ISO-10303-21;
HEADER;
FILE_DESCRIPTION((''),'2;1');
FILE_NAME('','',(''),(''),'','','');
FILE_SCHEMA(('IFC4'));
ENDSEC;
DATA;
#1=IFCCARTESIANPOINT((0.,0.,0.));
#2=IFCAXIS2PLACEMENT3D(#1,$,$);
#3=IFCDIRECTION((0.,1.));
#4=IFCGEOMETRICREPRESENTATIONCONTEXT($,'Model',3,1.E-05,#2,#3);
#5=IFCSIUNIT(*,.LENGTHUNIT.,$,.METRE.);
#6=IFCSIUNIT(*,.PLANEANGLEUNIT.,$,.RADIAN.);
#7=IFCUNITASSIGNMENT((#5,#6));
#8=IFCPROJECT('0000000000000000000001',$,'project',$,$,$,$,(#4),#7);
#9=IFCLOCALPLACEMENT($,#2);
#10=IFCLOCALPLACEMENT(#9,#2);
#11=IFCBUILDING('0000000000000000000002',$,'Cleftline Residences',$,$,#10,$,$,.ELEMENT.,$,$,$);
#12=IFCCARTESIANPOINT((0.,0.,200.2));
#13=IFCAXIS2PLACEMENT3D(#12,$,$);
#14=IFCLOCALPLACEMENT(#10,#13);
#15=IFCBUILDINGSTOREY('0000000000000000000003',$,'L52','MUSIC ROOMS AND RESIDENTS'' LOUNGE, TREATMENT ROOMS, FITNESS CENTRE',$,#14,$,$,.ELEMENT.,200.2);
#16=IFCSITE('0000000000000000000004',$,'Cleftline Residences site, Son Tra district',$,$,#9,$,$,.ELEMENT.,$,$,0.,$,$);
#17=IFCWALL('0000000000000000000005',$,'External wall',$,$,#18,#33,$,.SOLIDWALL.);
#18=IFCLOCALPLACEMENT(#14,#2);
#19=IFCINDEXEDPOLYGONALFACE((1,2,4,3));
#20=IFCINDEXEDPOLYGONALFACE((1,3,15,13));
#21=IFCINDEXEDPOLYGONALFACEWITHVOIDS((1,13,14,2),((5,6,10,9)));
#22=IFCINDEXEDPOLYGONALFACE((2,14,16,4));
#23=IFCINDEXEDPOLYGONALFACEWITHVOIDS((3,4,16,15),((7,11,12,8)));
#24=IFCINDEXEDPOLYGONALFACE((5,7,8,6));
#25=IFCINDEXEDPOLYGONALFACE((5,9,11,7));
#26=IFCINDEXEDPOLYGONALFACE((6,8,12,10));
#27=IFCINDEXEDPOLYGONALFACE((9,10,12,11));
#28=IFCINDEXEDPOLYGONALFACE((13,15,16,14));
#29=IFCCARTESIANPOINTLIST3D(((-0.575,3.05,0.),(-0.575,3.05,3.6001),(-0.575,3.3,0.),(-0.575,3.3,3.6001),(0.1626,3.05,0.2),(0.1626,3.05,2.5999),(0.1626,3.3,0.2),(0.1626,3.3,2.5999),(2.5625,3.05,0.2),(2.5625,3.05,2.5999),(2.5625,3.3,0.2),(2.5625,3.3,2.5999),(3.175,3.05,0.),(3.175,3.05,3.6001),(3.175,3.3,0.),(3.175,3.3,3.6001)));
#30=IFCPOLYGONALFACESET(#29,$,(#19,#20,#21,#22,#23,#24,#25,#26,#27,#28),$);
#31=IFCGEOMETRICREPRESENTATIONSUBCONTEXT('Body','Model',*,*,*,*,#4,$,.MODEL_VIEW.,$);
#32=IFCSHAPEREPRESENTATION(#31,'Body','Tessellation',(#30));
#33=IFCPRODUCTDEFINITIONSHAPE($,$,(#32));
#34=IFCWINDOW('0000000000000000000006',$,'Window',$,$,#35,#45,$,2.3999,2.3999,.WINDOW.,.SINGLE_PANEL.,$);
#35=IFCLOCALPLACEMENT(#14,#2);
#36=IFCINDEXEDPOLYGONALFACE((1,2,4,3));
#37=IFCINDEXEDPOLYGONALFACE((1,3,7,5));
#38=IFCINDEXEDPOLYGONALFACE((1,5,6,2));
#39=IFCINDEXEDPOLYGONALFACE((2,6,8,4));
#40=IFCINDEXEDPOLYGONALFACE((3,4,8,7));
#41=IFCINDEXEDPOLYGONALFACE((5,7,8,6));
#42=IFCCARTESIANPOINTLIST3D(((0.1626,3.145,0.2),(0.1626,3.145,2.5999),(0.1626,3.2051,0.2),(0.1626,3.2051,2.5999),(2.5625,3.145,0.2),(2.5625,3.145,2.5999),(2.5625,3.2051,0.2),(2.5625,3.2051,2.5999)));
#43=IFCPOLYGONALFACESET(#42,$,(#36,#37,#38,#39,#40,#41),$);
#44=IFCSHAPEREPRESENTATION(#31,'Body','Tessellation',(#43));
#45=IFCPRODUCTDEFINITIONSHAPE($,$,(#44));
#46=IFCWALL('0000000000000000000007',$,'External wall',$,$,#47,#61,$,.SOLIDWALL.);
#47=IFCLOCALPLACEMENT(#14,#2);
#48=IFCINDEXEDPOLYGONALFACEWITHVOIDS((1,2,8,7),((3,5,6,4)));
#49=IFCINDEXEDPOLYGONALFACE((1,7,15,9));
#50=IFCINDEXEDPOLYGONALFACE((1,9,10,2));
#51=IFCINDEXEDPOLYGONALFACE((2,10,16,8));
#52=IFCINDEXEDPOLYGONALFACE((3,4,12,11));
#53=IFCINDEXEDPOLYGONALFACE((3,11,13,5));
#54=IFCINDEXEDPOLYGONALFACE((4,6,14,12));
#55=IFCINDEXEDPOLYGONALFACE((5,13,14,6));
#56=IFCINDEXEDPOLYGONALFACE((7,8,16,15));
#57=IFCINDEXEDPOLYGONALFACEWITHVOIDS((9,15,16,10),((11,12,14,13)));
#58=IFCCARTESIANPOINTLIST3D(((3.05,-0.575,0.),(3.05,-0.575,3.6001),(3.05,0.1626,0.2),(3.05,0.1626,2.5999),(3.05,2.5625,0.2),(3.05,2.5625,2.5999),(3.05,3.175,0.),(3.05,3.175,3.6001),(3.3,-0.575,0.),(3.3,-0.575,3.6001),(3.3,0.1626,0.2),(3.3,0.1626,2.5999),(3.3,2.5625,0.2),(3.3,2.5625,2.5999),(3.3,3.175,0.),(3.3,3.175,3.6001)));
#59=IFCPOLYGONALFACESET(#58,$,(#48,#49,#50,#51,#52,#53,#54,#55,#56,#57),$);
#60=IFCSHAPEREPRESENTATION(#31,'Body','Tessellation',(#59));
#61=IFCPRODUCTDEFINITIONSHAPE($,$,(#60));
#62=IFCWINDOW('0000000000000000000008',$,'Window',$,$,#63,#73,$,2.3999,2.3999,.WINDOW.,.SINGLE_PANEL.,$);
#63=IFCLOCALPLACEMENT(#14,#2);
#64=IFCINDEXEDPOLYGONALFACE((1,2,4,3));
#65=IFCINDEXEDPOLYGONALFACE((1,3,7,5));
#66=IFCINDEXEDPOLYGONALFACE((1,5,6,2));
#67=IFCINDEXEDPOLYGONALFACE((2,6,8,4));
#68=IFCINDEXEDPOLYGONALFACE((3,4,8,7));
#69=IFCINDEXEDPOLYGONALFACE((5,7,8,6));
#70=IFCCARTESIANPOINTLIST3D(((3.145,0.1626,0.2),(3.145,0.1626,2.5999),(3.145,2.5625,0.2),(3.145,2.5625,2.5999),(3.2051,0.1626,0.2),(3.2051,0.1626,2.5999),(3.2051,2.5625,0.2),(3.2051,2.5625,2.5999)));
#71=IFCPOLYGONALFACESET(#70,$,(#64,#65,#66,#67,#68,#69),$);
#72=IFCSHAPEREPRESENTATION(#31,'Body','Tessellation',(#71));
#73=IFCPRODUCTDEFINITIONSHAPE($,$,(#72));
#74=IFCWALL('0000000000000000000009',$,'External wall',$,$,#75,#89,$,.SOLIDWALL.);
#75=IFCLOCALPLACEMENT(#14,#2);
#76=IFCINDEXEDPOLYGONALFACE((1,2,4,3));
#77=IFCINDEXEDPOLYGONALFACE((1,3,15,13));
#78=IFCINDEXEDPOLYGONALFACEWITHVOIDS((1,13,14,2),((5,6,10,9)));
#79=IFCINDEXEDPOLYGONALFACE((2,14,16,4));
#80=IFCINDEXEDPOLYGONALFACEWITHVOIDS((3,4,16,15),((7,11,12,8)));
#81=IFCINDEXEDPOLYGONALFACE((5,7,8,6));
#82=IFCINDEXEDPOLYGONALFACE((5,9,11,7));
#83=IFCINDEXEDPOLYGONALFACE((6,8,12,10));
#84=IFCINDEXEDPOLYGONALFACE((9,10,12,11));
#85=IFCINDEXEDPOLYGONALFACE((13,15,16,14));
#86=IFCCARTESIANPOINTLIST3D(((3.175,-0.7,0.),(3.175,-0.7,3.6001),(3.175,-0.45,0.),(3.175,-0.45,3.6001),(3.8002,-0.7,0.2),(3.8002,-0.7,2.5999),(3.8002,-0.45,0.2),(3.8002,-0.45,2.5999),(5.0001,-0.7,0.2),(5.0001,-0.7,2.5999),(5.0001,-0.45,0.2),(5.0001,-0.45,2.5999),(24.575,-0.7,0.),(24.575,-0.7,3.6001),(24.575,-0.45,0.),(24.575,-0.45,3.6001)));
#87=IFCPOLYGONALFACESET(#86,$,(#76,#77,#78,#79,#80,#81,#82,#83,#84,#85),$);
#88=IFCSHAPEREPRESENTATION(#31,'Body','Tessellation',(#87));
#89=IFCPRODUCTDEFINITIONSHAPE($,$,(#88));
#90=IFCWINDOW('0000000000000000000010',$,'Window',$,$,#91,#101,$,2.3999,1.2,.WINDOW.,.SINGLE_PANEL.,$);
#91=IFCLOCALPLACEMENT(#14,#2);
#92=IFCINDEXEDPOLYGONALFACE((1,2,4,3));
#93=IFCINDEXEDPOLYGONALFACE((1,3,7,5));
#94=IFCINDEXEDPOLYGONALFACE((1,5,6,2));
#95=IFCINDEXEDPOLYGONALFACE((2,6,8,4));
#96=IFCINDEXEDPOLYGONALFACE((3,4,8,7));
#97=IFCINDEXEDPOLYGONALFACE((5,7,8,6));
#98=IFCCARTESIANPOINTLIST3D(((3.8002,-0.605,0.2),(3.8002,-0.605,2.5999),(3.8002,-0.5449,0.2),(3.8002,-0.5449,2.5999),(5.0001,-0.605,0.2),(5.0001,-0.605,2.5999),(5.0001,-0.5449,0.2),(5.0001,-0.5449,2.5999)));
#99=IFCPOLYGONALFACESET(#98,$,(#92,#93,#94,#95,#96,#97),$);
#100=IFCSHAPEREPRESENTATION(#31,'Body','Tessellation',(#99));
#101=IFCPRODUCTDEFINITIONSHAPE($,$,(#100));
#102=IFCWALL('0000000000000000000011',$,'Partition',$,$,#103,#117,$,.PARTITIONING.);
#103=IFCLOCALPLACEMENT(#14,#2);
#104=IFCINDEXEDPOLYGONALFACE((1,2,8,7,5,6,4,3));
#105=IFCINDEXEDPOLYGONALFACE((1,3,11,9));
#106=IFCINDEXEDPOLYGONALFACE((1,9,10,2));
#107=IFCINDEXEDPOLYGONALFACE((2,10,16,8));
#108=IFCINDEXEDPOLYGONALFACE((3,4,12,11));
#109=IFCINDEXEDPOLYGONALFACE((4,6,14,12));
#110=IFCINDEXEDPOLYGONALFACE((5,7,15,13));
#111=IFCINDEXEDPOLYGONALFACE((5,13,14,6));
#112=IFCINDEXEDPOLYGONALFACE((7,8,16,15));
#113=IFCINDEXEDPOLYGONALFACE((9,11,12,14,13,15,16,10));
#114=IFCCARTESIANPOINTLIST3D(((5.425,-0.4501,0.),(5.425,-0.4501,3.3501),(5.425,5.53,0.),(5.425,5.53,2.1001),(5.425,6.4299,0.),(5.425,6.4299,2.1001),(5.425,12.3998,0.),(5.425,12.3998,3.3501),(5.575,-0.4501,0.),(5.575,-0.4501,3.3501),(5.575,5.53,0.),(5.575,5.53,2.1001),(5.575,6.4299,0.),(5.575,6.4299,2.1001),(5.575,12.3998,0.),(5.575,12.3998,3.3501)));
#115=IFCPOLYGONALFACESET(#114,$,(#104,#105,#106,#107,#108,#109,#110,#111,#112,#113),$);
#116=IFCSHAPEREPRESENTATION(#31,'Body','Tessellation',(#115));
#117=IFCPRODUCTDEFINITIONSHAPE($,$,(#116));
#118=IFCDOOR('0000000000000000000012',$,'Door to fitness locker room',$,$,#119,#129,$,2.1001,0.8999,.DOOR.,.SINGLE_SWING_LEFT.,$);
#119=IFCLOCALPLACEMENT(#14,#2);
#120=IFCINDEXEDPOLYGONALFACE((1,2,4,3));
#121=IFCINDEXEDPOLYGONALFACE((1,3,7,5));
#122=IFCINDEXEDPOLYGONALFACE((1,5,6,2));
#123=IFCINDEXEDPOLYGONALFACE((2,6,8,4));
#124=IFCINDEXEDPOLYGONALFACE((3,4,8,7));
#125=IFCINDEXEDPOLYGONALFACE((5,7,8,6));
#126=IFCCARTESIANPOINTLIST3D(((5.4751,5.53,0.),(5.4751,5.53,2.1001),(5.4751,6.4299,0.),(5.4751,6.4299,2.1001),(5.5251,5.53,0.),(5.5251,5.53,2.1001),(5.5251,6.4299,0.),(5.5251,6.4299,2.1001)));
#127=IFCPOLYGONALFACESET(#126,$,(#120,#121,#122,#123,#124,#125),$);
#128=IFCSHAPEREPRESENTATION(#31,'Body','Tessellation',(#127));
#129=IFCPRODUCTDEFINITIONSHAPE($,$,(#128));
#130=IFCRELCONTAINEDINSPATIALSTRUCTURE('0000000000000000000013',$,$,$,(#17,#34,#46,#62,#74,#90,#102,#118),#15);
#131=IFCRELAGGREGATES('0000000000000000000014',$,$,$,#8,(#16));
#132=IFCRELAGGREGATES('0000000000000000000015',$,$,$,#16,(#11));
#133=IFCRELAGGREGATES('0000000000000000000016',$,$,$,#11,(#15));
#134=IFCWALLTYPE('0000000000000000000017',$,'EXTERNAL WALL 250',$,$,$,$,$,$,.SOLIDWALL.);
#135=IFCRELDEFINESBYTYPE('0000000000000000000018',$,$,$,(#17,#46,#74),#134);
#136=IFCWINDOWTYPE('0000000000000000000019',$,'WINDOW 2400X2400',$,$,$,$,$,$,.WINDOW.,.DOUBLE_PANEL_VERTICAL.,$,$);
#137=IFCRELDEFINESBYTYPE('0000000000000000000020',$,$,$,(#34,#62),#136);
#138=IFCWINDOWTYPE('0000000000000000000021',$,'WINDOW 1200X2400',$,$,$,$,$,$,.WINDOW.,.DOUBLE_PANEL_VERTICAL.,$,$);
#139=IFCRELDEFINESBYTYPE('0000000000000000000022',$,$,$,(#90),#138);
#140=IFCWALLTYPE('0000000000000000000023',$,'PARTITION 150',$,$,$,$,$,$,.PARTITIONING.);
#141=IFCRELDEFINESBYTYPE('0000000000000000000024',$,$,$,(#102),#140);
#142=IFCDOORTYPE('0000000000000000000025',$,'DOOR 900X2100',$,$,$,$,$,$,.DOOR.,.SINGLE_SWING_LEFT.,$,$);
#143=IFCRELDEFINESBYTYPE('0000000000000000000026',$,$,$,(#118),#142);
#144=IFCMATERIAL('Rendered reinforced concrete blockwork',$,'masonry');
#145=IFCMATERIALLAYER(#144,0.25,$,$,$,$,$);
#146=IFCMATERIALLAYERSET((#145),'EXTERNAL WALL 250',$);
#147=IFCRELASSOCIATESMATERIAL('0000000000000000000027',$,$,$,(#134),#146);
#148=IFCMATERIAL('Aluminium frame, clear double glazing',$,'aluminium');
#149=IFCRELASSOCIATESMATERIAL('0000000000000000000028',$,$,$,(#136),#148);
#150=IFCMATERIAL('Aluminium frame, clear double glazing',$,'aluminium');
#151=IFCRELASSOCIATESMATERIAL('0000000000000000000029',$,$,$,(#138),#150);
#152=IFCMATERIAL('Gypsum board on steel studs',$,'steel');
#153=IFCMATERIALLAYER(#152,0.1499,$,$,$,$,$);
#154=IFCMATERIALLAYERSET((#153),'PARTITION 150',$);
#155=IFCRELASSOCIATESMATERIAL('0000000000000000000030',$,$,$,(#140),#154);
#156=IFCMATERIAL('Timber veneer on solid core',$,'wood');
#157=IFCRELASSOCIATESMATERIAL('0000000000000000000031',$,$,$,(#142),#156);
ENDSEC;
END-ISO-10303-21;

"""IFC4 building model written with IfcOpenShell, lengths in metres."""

from ifc_helpers import new_model, si_unit, direction, frame, frame_2d, origin, place, context, subcontext, project, spatial, rectangle, extrude, material, layer, layer_set, type_object, element, fill, save


model = new_model("IFC4")

# Units and contexts
model_context = context("Model", 3, precision=1e-05, world=origin(), true_north=direction((0.0, 1.0)))
body_context = subcontext(model_context, "Body", "Model", "MODEL_VIEW")
ifc_project = project(units=[si_unit("LENGTHUNIT", "METRE"), si_unit("PLANEANGLEUNIT", "RADIAN")], contexts=[model_context])

# Site, building, storey
site_placement = place(None, origin())
site = spatial("IfcSite", under=ifc_project, at=site_placement, Name="Cleftline Residences site, Son Tra district", CompositionType="ELEMENT", RefElevation=0.0)
building_placement = place(site_placement, origin())
building = spatial("IfcBuilding", under=site, at=building_placement, Name="Cleftline Residences", CompositionType="ELEMENT")
storey_placement = place(building_placement, frame((0.0, 0.0, 200.2)))
storey = spatial("IfcBuildingStorey", under=building, at=storey_placement, Name="L52", Description="MUSIC ROOMS AND RESIDENTS' LOUNGE, TREATMENT ROOMS, FITNESS CENTRE", CompositionType="ELEMENT", Elevation=200.2)

# Walls, openings, windows
ifc_material_1 = material(Name="Rendered reinforced concrete blockwork", Category="masonry")
ifc_layer_1 = layer(ifc_material_1, 0.25)
ifc_layer_set_1 = layer_set([ifc_layer_1], Name="EXTERNAL WALL 250")
wall_type_1 = type_object("IfcWallType", Name="EXTERNAL WALL 250", PredefinedType="SOLIDWALL", material=ifc_layer_set_1)
wall_1_placement = place(storey_placement, frame((-0.575, 3.175, 0.0), z_axis=(0.0, 0.0, 1.0), x_axis=(1.0, 0.0, 0.0)))
wall_1 = element("IfcWall", 1, at=wall_1_placement, inside=storey, type_object=wall_type_1, Name="External wall", PredefinedType="SOLIDWALL", context=body_context, shape_type="SweptSolid", body=[
    extrude(rectangle(XDim=3.75, YDim=0.25, at=frame_2d((1.875, 0.0))), origin(), (0.0, 0.0, 1.0), 3.6001),
])
opening_1_placement = place(wall_1_placement, frame((0.7375, 0.0, 0.2)))
opening_1 = element("IfcOpeningElement", 2, at=opening_1_placement, cuts=wall_1, PredefinedType="OPENING", context=body_context, shape_type="SweptSolid", body=[
    extrude(rectangle(XDim=2.3999, YDim=2.3999, at=frame_2d((1.2, 1.2))), frame((0.0, 0.135, 0.0), z_axis=(0.0, -1.0, 0.0), x_axis=(1.0, 0.0, 0.0)), (0.0, 0.0, 1.0), 0.27),
])
ifc_material_2 = material(Name="Aluminium frame, clear double glazing", Category="aluminium")
window_type_1 = type_object("IfcWindowType", Name="WINDOW 2400X2400", PartitioningType="DOUBLE_PANEL_VERTICAL", PredefinedType="WINDOW", material=ifc_material_2)
window_1_placement = place(opening_1_placement, origin())
window_1 = element("IfcWindow", 3, at=window_1_placement, inside=storey, type_object=window_type_1, Name="Window", OverallHeight=2.3999, OverallWidth=2.3999, PartitioningType="SINGLE_PANEL", PredefinedType="WINDOW", context=body_context, shape_type="SweptSolid", body=[
    extrude(rectangle(XDim=2.3999, YDim=2.3999, at=frame_2d((1.2, 1.2))), frame((0.0, 0.03, 0.0), z_axis=(0.0, -1.0, 0.0), x_axis=(1.0, 0.0, 0.0)), (0.0, 0.0, 1.0), 0.0601),
])
fill(opening_1, window_1)
wall_2_placement = place(storey_placement, frame((3.175, 3.175, 0.0), z_axis=(0.0, 0.0, 1.0), x_axis=(0.0, -1.0, 0.0)))
wall_2 = element("IfcWall", 4, at=wall_2_placement, inside=storey, type_object=wall_type_1, Name="External wall", PredefinedType="SOLIDWALL", context=body_context, shape_type="SweptSolid", body=[
    extrude(rectangle(XDim=3.75, YDim=0.25, at=frame_2d((1.875, 0.0))), origin(), (0.0, 0.0, 1.0), 3.6001),
])
opening_2_placement = place(wall_2_placement, frame((0.6125, 0.0, 0.2)))
opening_2 = element("IfcOpeningElement", 5, at=opening_2_placement, cuts=wall_2, PredefinedType="OPENING", context=body_context, shape_type="SweptSolid", body=[
    extrude(rectangle(XDim=2.3999, YDim=2.3999, at=frame_2d((1.2, 1.2))), frame((0.0, 0.135, 0.0), z_axis=(0.0, -1.0, 0.0), x_axis=(1.0, 0.0, 0.0)), (0.0, 0.0, 1.0), 0.27),
])
window_2_placement = place(opening_2_placement, origin())
window_2 = element("IfcWindow", 6, at=window_2_placement, inside=storey, type_object=window_type_1, Name="Window", OverallHeight=2.3999, OverallWidth=2.3999, PartitioningType="SINGLE_PANEL", PredefinedType="WINDOW", context=body_context, shape_type="SweptSolid", body=[
    extrude(rectangle(XDim=2.3999, YDim=2.3999, at=frame_2d((1.2, 1.2))), frame((0.0, 0.03, 0.0), z_axis=(0.0, -1.0, 0.0), x_axis=(1.0, 0.0, 0.0)), (0.0, 0.0, 1.0), 0.0601),
])
fill(opening_2, window_2)
wall_3_placement = place(storey_placement, frame((3.175, -0.575, 0.0), z_axis=(0.0, 0.0, 1.0), x_axis=(1.0, 0.0, 0.0)))
wall_3 = element("IfcWall", 7, at=wall_3_placement, inside=storey, type_object=wall_type_1, Name="External wall", PredefinedType="SOLIDWALL", context=body_context, shape_type="SweptSolid", body=[
    extrude(rectangle(XDim=21.3999, YDim=0.25, at=frame_2d((10.7, 0.0))), origin(), (0.0, 0.0, 1.0), 3.6001),
])
opening_3_placement = place(wall_3_placement, frame((0.625, 0.0, 0.2)))
opening_3 = element("IfcOpeningElement", 8, at=opening_3_placement, cuts=wall_3, PredefinedType="OPENING", context=body_context, shape_type="SweptSolid", body=[
    extrude(rectangle(XDim=1.2, YDim=2.3999, at=frame_2d((0.6001, 1.2))), frame((0.0, 0.135, 0.0), z_axis=(0.0, -1.0, 0.0), x_axis=(1.0, 0.0, 0.0)), (0.0, 0.0, 1.0), 0.27),
])
ifc_material_3 = material(Name="Aluminium frame, clear double glazing", Category="aluminium")
window_type_2 = type_object("IfcWindowType", Name="WINDOW 1200X2400", PartitioningType="DOUBLE_PANEL_VERTICAL", PredefinedType="WINDOW", material=ifc_material_3)
window_3_placement = place(opening_3_placement, origin())
window_3 = element("IfcWindow", 9, at=window_3_placement, inside=storey, type_object=window_type_2, Name="Window", OverallHeight=2.3999, OverallWidth=1.2, PartitioningType="SINGLE_PANEL", PredefinedType="WINDOW", context=body_context, shape_type="SweptSolid", body=[
    extrude(rectangle(XDim=1.2, YDim=2.3999, at=frame_2d((0.6001, 1.2))), frame((0.0, 0.03, 0.0), z_axis=(0.0, -1.0, 0.0), x_axis=(1.0, 0.0, 0.0)), (0.0, 0.0, 1.0), 0.0601),
])
fill(opening_3, window_3)

# Wall, opening, door
ifc_material_4 = material(Name="Gypsum board on steel studs", Category="steel")
ifc_layer_2 = layer(ifc_material_4, 0.1499)
ifc_layer_set_2 = layer_set([ifc_layer_2], Name="PARTITION 150")
wall_type_2 = type_object("IfcWallType", Name="PARTITION 150", PredefinedType="PARTITIONING", material=ifc_layer_set_2)
wall_4_placement = place(storey_placement, frame((5.5, -0.45, 0.0), z_axis=(0.0, 0.0, 1.0), x_axis=(0.0, 1.0, 0.0)))
wall_4 = element("IfcWall", 10, at=wall_4_placement, inside=storey, type_object=wall_type_2, Name="Partition", PredefinedType="PARTITIONING", context=body_context, shape_type="SweptSolid", body=[
    extrude(rectangle(XDim=12.8499, YDim=0.1499, at=frame_2d((6.4248, 0.0))), origin(), (0.0, 0.0, 1.0), 3.3501),
])
opening_4_placement = place(wall_4_placement, frame((5.98, 0.0, 0.0)))
opening_4 = element("IfcOpeningElement", 11, at=opening_4_placement, cuts=wall_4, PredefinedType="OPENING", context=body_context, shape_type="SweptSolid", body=[
    extrude(rectangle(XDim=0.8999, YDim=2.1001, at=frame_2d((0.45, 1.05))), frame((0.0, 0.085, 0.0), z_axis=(0.0, -1.0, 0.0), x_axis=(1.0, 0.0, 0.0)), (0.0, 0.0, 1.0), 0.1699),
])
ifc_material_5 = material(Name="Timber veneer on solid core", Category="wood")
door_type = type_object("IfcDoorType", Name="DOOR 900X2100", OperationType="SINGLE_SWING_LEFT", PredefinedType="DOOR", material=ifc_material_5)
door_placement = place(opening_4_placement, origin())
door = element("IfcDoor", 12, at=door_placement, inside=storey, type_object=door_type, Name="Door to fitness locker room", OperationType="SINGLE_SWING_LEFT", OverallHeight=2.1001, OverallWidth=0.8999, PredefinedType="DOOR", context=body_context, shape_type="SweptSolid", body=[
    extrude(rectangle(XDim=0.8999, YDim=2.1001, at=frame_2d((0.45, 1.05))), frame((0.0, 0.0249, 0.0), z_axis=(0.0, -1.0, 0.0), x_axis=(1.0, 0.0, 0.0)), (0.0, 0.0, 1.0), 0.05),
])
fill(opening_4, door)

save(model, "model.ifc")
